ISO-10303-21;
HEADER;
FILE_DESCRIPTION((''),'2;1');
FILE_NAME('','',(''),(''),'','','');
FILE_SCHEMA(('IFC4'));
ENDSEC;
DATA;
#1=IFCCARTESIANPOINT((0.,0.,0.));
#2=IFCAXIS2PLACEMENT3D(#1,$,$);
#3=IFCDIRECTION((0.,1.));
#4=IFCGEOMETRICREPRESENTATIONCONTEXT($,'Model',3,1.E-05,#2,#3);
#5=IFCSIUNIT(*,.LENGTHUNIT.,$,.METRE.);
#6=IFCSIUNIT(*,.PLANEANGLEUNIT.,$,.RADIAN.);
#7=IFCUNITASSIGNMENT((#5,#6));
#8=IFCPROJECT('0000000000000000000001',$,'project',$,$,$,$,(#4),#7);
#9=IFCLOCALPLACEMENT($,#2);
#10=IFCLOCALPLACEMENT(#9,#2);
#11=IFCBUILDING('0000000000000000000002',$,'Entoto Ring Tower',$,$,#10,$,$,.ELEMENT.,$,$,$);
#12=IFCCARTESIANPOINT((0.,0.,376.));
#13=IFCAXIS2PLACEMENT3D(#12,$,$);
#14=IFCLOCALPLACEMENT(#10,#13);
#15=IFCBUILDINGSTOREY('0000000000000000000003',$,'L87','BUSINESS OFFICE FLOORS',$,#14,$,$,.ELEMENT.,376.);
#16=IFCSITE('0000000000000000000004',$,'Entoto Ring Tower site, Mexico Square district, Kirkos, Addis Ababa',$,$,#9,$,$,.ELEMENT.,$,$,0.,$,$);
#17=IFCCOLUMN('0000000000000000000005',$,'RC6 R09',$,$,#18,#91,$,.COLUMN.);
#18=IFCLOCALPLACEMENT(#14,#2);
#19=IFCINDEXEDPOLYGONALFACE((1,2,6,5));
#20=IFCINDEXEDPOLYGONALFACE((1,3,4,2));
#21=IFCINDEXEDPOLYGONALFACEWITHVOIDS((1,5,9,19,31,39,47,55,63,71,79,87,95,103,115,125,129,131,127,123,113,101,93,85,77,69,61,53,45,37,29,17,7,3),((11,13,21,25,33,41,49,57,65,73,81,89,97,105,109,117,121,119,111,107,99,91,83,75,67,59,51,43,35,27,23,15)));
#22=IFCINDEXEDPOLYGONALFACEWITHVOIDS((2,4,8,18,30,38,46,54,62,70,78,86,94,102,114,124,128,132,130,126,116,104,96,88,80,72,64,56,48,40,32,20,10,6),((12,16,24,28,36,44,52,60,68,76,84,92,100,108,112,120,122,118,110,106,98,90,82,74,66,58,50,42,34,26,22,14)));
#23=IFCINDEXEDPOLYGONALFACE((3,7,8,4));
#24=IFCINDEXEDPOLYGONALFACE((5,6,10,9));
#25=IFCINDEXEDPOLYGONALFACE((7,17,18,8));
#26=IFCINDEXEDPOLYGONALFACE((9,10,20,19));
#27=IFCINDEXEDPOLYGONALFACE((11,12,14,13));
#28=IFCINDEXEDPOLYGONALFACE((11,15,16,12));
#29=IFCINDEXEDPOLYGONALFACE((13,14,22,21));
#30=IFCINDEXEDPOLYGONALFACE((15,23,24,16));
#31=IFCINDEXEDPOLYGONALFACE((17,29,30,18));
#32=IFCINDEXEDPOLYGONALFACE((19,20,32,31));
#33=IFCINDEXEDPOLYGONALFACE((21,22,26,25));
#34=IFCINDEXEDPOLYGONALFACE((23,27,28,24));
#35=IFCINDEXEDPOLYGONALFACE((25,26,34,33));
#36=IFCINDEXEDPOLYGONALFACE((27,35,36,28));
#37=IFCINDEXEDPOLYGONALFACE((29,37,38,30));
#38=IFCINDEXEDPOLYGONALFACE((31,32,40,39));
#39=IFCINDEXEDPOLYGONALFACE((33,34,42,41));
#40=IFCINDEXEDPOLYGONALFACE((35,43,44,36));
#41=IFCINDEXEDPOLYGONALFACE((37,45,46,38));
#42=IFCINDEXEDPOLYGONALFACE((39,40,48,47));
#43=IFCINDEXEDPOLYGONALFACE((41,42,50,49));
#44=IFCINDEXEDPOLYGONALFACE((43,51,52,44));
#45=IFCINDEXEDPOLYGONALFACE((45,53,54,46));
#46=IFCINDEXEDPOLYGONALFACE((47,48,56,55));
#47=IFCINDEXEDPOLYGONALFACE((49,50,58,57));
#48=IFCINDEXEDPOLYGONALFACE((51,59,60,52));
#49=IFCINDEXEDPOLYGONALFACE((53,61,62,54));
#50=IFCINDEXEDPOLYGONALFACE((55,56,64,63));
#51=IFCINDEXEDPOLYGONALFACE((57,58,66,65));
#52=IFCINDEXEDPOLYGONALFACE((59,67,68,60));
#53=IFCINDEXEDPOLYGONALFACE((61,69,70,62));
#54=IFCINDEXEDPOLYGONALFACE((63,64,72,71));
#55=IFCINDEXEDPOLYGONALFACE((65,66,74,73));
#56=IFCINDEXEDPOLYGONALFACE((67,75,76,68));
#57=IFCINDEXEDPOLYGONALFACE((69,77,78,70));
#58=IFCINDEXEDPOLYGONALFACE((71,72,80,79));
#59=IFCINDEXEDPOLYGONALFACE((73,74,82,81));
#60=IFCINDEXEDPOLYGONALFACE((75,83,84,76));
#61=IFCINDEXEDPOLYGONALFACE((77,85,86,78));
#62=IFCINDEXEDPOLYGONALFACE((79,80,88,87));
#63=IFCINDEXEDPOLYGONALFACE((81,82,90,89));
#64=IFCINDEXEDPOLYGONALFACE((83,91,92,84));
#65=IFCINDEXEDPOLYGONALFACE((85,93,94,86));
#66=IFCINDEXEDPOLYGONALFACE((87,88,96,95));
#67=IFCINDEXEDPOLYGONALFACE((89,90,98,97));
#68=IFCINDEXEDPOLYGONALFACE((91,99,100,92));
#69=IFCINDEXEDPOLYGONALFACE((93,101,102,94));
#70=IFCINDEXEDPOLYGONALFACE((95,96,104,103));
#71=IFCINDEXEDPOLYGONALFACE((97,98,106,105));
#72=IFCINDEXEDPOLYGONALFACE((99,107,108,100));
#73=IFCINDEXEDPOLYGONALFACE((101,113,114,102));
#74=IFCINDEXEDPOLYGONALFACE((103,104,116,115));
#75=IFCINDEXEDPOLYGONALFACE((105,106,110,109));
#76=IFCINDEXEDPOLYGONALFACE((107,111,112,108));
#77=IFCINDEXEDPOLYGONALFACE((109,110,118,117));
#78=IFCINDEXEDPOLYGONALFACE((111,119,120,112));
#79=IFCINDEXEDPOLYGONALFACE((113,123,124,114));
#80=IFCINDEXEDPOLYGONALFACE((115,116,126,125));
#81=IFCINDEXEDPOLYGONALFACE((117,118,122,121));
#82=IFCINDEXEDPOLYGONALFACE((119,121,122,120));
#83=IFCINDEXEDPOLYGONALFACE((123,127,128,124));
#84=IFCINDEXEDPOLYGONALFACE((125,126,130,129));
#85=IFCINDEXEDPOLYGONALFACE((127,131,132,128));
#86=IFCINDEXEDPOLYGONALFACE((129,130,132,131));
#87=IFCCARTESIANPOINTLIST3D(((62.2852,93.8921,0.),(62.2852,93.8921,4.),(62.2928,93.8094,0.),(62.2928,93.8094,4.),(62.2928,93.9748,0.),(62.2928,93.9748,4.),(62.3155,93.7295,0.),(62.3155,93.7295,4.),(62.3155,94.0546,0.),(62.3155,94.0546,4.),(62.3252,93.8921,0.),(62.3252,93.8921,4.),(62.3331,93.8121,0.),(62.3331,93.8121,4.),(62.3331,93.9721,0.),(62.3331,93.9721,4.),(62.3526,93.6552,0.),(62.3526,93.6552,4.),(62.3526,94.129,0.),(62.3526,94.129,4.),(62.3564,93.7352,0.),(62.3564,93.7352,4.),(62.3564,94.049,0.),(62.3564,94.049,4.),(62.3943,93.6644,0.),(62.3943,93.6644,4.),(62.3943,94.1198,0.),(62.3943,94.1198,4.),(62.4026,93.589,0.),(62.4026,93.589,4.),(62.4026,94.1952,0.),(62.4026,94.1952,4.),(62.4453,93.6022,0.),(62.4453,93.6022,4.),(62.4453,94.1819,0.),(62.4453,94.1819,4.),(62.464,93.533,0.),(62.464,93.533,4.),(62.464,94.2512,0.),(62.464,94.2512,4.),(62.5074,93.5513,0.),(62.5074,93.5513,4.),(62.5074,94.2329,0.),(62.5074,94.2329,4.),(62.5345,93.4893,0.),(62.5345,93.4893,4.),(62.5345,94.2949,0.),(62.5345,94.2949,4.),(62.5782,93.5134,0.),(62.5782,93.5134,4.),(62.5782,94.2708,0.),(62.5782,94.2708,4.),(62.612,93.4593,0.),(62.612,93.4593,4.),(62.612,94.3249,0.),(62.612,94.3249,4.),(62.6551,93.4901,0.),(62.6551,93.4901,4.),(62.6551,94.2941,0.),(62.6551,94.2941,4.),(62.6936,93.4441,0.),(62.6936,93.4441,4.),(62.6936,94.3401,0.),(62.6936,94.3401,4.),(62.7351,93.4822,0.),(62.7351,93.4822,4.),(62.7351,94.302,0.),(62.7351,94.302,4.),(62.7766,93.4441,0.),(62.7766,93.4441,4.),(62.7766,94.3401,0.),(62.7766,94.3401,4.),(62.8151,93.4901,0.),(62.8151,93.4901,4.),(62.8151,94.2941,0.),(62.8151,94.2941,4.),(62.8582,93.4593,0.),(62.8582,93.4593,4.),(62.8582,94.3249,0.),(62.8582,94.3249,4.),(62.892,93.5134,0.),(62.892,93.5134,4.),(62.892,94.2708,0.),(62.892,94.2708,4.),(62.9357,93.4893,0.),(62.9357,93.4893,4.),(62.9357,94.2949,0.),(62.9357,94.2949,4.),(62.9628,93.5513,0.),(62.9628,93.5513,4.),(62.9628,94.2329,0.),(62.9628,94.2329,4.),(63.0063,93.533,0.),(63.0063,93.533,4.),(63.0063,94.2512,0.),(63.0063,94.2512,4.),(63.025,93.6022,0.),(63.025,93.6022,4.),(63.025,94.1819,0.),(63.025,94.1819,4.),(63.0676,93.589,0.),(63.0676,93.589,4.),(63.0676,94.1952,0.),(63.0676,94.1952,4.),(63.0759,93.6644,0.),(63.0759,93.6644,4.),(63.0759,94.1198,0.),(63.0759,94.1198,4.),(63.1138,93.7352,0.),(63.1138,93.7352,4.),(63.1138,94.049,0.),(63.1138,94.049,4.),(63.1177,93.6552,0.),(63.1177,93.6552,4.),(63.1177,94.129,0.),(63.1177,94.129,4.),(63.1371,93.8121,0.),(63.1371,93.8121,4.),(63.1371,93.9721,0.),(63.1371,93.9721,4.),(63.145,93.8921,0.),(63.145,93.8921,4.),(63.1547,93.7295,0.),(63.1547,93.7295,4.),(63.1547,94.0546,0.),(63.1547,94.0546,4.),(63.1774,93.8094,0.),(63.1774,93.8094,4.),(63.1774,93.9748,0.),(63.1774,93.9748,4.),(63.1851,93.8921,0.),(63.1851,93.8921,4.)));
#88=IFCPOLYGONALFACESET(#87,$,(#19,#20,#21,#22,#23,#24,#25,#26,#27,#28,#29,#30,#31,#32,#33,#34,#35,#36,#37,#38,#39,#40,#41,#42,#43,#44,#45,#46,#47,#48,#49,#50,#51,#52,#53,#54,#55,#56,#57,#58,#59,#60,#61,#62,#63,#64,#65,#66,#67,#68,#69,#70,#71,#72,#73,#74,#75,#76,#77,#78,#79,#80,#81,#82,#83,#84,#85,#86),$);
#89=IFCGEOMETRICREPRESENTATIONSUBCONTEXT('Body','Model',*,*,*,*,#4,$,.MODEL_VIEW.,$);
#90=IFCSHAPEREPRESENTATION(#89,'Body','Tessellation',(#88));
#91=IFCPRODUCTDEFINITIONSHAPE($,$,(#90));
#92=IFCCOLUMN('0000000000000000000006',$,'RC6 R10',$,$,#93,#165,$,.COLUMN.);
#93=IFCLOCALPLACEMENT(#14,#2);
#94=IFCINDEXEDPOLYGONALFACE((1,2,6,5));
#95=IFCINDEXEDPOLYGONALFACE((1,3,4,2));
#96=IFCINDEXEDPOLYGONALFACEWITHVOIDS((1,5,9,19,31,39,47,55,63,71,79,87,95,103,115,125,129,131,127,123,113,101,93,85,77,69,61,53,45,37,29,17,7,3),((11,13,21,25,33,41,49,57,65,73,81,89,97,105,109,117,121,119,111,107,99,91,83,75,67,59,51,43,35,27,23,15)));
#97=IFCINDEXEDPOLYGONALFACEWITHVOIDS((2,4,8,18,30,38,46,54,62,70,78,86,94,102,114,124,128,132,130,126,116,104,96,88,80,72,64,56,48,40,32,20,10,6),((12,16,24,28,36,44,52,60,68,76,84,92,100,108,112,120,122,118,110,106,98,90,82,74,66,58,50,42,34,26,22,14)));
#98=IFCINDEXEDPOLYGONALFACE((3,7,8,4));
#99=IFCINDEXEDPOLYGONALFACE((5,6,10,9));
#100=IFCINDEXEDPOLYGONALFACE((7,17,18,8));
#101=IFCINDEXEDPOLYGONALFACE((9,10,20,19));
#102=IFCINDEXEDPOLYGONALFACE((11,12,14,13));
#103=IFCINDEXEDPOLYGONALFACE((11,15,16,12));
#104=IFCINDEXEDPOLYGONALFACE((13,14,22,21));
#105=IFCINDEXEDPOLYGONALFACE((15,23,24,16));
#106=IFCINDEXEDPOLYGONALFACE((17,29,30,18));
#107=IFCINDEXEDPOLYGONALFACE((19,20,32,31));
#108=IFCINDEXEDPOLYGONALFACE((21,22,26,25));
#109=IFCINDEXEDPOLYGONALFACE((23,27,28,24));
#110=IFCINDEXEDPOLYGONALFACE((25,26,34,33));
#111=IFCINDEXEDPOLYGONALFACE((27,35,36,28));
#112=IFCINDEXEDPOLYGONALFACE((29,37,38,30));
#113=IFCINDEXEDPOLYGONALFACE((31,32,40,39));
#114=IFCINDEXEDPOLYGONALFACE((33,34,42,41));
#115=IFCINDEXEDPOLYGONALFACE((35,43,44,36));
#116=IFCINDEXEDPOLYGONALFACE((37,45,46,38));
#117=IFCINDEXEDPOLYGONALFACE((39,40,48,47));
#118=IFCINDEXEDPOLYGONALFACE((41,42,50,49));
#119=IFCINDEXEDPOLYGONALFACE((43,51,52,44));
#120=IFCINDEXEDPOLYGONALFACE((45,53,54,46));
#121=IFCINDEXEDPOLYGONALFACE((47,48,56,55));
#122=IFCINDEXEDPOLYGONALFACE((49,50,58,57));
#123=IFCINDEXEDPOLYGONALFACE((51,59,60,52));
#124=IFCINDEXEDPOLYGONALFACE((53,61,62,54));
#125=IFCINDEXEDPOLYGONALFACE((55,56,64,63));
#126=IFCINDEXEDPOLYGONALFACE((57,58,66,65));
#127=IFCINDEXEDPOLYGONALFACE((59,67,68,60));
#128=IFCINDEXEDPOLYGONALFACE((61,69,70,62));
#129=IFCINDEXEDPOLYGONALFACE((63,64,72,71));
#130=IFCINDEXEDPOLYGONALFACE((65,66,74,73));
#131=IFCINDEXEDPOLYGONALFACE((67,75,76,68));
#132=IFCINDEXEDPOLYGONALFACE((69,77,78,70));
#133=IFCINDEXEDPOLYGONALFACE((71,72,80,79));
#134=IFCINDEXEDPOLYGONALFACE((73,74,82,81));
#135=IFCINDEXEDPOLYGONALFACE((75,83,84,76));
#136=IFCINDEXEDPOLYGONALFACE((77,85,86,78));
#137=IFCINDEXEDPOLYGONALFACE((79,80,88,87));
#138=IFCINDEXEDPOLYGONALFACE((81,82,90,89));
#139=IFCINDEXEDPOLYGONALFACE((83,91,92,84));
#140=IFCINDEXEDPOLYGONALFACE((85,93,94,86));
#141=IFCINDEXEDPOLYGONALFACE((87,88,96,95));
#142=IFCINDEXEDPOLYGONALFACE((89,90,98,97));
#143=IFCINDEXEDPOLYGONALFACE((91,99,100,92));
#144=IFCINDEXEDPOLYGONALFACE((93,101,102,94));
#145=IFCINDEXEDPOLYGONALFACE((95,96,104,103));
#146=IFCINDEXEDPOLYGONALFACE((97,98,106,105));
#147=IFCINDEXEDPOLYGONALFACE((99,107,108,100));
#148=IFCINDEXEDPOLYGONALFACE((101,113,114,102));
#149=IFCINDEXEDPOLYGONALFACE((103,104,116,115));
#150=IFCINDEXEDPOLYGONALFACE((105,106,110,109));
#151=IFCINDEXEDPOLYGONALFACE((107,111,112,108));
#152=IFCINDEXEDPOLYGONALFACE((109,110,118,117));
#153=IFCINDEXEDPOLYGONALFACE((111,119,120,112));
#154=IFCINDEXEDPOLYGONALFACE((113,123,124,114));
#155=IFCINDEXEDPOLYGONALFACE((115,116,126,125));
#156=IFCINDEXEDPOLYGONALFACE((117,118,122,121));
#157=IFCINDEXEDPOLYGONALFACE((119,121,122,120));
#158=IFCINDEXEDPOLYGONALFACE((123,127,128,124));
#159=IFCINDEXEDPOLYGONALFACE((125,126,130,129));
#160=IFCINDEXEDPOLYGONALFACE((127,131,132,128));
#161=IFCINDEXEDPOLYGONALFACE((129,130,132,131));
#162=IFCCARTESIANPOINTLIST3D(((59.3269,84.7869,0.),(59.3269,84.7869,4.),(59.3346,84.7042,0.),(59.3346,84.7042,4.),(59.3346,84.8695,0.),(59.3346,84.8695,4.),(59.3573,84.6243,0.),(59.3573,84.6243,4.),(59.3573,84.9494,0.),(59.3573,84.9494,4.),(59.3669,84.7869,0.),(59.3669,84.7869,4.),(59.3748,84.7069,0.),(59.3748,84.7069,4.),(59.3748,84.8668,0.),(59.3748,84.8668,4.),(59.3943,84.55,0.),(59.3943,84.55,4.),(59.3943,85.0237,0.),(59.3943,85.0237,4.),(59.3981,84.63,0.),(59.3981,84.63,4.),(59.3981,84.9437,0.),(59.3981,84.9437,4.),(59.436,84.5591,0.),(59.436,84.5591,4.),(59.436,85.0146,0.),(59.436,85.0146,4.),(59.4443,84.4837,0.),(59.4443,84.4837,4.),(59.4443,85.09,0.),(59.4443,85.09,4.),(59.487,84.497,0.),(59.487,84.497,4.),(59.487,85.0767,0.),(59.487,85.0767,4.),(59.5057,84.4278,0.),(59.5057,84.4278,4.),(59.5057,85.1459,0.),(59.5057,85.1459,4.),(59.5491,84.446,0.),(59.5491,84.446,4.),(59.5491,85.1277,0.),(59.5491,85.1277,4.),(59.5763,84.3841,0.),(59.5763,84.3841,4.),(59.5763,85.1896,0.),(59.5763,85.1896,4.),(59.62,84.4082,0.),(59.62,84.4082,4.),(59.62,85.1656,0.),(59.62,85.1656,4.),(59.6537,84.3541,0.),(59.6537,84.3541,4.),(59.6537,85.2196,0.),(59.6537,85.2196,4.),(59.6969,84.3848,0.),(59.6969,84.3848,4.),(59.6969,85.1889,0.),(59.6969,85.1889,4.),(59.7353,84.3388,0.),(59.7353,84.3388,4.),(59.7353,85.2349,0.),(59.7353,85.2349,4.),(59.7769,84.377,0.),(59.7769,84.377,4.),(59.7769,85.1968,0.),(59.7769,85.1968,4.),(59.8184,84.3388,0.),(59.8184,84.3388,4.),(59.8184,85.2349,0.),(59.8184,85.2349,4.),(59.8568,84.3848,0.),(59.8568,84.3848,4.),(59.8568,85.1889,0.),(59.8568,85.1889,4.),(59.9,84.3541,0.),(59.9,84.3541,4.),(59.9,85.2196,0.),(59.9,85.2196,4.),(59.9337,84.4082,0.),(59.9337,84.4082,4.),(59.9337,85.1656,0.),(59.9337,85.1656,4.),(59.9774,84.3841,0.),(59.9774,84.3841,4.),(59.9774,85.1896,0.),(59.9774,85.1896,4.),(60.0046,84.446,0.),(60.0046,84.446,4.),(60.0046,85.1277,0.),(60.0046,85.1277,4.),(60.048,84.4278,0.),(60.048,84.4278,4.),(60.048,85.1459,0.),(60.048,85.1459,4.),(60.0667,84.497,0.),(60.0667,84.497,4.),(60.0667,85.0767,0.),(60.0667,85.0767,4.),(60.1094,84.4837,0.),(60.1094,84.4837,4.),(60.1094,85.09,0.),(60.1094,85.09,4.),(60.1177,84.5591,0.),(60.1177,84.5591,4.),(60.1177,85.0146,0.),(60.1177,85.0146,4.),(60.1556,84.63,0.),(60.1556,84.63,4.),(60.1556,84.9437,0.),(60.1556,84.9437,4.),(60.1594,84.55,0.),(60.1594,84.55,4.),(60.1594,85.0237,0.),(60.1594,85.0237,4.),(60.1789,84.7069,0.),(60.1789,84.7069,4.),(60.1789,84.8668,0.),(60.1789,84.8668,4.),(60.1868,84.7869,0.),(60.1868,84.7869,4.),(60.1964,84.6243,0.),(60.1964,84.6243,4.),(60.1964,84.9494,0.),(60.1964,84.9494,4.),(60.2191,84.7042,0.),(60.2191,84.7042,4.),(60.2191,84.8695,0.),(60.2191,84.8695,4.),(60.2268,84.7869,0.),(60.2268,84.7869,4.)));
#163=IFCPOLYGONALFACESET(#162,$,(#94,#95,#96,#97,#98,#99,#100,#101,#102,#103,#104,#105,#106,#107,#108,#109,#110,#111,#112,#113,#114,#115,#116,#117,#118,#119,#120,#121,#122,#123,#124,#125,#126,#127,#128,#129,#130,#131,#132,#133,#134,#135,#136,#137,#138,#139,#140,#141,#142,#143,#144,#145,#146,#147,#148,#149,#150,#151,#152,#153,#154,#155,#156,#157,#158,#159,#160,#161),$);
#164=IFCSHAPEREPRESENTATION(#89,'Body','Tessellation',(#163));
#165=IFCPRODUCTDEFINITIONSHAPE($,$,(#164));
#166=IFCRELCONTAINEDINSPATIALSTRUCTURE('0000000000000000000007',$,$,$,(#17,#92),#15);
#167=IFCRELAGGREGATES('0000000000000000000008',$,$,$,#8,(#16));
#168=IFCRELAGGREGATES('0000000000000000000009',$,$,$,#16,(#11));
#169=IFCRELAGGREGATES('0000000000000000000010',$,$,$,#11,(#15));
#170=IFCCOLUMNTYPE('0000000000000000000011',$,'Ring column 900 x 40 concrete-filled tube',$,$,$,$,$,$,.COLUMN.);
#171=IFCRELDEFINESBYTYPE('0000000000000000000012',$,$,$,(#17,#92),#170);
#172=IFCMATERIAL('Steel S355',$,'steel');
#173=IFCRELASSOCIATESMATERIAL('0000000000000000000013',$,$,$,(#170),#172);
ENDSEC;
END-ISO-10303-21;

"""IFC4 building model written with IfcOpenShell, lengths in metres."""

from ifc_helpers import new_model, si_unit, direction, frame, origin, origin_2d, place, context, subcontext, project, spatial, circle, hollow_circle, extrude, material, material_profile, profile_set, type_object, element, save


model = new_model("IFC4")

# Units and contexts
model_context = context("Model", 3, precision=1e-05, world=origin(), true_north=direction((0.0, 1.0)))
body_context = subcontext(model_context, "Body", "Model", "MODEL_VIEW")
ifc_project = project(units=[si_unit("LENGTHUNIT", "METRE"), si_unit("PLANEANGLEUNIT", "RADIAN")], contexts=[model_context])

# Site, building, storey
site_placement = place(None, origin())
site = spatial("IfcSite", under=ifc_project, at=site_placement, Name="Entoto Ring Tower site, Mexico Square district, Kirkos, Addis Ababa", CompositionType="ELEMENT", RefElevation=0.0)
building_placement = place(site_placement, origin())
building = spatial("IfcBuilding", under=site, at=building_placement, Name="Entoto Ring Tower", CompositionType="ELEMENT")
storey_placement = place(building_placement, frame((0.0, 0.0, 376.0)))
storey = spatial("IfcBuildingStorey", under=building, at=storey_placement, Name="L87", Description="BUSINESS OFFICE FLOORS", CompositionType="ELEMENT", Elevation=376.0)

# Columns
ifc_material_1 = material(Name="Steel S355", Category="steel")
ifc_material_profile_1 = material_profile(ifc_material_1, hollow_circle(Radius=0.45, WallThickness=0.04, at=origin_2d()), Name="CHS 900 x 40")
ifc_material_2 = material(Name="Concrete C60/75", Category="concrete")
ifc_material_profile_2 = material_profile(ifc_material_2, circle(Radius=0.4099, at=origin_2d()), Name="Concrete C60/75 infill")
ifc_profile_set_1 = profile_set([ifc_material_profile_1, ifc_material_profile_2], Name="Steel S355")
column_type = type_object("IfcColumnType", Name="Ring column 900 x 40 concrete-filled tube", PredefinedType="COLUMN", material=ifc_profile_set_1)
for number, where, z_axis, x_axis, name in (
    (1, (62.7351, 93.8921, 0.0), (0.0, 0.0, 1.0), (1.0, 0.0, 0.0), "RC6 R09"),
    (2, (59.7769, 84.7869, 0.0), (0.0, 0.0, 1.0), (1.0, 0.0, 0.0), "RC6 R10"),
):
    element("IfcColumn", number, at=place(storey_placement, frame(where, z_axis=z_axis, x_axis=x_axis)), inside=storey, type_object=column_type, Name=name, PredefinedType="COLUMN", context=body_context, shape_type="SweptSolid", body=[
        extrude(hollow_circle(Radius=0.45, WallThickness=0.04, at=origin_2d()), origin(), (0.0, 0.0, 1.0), 4.0),
    ])

save(model, "model.ifc")
